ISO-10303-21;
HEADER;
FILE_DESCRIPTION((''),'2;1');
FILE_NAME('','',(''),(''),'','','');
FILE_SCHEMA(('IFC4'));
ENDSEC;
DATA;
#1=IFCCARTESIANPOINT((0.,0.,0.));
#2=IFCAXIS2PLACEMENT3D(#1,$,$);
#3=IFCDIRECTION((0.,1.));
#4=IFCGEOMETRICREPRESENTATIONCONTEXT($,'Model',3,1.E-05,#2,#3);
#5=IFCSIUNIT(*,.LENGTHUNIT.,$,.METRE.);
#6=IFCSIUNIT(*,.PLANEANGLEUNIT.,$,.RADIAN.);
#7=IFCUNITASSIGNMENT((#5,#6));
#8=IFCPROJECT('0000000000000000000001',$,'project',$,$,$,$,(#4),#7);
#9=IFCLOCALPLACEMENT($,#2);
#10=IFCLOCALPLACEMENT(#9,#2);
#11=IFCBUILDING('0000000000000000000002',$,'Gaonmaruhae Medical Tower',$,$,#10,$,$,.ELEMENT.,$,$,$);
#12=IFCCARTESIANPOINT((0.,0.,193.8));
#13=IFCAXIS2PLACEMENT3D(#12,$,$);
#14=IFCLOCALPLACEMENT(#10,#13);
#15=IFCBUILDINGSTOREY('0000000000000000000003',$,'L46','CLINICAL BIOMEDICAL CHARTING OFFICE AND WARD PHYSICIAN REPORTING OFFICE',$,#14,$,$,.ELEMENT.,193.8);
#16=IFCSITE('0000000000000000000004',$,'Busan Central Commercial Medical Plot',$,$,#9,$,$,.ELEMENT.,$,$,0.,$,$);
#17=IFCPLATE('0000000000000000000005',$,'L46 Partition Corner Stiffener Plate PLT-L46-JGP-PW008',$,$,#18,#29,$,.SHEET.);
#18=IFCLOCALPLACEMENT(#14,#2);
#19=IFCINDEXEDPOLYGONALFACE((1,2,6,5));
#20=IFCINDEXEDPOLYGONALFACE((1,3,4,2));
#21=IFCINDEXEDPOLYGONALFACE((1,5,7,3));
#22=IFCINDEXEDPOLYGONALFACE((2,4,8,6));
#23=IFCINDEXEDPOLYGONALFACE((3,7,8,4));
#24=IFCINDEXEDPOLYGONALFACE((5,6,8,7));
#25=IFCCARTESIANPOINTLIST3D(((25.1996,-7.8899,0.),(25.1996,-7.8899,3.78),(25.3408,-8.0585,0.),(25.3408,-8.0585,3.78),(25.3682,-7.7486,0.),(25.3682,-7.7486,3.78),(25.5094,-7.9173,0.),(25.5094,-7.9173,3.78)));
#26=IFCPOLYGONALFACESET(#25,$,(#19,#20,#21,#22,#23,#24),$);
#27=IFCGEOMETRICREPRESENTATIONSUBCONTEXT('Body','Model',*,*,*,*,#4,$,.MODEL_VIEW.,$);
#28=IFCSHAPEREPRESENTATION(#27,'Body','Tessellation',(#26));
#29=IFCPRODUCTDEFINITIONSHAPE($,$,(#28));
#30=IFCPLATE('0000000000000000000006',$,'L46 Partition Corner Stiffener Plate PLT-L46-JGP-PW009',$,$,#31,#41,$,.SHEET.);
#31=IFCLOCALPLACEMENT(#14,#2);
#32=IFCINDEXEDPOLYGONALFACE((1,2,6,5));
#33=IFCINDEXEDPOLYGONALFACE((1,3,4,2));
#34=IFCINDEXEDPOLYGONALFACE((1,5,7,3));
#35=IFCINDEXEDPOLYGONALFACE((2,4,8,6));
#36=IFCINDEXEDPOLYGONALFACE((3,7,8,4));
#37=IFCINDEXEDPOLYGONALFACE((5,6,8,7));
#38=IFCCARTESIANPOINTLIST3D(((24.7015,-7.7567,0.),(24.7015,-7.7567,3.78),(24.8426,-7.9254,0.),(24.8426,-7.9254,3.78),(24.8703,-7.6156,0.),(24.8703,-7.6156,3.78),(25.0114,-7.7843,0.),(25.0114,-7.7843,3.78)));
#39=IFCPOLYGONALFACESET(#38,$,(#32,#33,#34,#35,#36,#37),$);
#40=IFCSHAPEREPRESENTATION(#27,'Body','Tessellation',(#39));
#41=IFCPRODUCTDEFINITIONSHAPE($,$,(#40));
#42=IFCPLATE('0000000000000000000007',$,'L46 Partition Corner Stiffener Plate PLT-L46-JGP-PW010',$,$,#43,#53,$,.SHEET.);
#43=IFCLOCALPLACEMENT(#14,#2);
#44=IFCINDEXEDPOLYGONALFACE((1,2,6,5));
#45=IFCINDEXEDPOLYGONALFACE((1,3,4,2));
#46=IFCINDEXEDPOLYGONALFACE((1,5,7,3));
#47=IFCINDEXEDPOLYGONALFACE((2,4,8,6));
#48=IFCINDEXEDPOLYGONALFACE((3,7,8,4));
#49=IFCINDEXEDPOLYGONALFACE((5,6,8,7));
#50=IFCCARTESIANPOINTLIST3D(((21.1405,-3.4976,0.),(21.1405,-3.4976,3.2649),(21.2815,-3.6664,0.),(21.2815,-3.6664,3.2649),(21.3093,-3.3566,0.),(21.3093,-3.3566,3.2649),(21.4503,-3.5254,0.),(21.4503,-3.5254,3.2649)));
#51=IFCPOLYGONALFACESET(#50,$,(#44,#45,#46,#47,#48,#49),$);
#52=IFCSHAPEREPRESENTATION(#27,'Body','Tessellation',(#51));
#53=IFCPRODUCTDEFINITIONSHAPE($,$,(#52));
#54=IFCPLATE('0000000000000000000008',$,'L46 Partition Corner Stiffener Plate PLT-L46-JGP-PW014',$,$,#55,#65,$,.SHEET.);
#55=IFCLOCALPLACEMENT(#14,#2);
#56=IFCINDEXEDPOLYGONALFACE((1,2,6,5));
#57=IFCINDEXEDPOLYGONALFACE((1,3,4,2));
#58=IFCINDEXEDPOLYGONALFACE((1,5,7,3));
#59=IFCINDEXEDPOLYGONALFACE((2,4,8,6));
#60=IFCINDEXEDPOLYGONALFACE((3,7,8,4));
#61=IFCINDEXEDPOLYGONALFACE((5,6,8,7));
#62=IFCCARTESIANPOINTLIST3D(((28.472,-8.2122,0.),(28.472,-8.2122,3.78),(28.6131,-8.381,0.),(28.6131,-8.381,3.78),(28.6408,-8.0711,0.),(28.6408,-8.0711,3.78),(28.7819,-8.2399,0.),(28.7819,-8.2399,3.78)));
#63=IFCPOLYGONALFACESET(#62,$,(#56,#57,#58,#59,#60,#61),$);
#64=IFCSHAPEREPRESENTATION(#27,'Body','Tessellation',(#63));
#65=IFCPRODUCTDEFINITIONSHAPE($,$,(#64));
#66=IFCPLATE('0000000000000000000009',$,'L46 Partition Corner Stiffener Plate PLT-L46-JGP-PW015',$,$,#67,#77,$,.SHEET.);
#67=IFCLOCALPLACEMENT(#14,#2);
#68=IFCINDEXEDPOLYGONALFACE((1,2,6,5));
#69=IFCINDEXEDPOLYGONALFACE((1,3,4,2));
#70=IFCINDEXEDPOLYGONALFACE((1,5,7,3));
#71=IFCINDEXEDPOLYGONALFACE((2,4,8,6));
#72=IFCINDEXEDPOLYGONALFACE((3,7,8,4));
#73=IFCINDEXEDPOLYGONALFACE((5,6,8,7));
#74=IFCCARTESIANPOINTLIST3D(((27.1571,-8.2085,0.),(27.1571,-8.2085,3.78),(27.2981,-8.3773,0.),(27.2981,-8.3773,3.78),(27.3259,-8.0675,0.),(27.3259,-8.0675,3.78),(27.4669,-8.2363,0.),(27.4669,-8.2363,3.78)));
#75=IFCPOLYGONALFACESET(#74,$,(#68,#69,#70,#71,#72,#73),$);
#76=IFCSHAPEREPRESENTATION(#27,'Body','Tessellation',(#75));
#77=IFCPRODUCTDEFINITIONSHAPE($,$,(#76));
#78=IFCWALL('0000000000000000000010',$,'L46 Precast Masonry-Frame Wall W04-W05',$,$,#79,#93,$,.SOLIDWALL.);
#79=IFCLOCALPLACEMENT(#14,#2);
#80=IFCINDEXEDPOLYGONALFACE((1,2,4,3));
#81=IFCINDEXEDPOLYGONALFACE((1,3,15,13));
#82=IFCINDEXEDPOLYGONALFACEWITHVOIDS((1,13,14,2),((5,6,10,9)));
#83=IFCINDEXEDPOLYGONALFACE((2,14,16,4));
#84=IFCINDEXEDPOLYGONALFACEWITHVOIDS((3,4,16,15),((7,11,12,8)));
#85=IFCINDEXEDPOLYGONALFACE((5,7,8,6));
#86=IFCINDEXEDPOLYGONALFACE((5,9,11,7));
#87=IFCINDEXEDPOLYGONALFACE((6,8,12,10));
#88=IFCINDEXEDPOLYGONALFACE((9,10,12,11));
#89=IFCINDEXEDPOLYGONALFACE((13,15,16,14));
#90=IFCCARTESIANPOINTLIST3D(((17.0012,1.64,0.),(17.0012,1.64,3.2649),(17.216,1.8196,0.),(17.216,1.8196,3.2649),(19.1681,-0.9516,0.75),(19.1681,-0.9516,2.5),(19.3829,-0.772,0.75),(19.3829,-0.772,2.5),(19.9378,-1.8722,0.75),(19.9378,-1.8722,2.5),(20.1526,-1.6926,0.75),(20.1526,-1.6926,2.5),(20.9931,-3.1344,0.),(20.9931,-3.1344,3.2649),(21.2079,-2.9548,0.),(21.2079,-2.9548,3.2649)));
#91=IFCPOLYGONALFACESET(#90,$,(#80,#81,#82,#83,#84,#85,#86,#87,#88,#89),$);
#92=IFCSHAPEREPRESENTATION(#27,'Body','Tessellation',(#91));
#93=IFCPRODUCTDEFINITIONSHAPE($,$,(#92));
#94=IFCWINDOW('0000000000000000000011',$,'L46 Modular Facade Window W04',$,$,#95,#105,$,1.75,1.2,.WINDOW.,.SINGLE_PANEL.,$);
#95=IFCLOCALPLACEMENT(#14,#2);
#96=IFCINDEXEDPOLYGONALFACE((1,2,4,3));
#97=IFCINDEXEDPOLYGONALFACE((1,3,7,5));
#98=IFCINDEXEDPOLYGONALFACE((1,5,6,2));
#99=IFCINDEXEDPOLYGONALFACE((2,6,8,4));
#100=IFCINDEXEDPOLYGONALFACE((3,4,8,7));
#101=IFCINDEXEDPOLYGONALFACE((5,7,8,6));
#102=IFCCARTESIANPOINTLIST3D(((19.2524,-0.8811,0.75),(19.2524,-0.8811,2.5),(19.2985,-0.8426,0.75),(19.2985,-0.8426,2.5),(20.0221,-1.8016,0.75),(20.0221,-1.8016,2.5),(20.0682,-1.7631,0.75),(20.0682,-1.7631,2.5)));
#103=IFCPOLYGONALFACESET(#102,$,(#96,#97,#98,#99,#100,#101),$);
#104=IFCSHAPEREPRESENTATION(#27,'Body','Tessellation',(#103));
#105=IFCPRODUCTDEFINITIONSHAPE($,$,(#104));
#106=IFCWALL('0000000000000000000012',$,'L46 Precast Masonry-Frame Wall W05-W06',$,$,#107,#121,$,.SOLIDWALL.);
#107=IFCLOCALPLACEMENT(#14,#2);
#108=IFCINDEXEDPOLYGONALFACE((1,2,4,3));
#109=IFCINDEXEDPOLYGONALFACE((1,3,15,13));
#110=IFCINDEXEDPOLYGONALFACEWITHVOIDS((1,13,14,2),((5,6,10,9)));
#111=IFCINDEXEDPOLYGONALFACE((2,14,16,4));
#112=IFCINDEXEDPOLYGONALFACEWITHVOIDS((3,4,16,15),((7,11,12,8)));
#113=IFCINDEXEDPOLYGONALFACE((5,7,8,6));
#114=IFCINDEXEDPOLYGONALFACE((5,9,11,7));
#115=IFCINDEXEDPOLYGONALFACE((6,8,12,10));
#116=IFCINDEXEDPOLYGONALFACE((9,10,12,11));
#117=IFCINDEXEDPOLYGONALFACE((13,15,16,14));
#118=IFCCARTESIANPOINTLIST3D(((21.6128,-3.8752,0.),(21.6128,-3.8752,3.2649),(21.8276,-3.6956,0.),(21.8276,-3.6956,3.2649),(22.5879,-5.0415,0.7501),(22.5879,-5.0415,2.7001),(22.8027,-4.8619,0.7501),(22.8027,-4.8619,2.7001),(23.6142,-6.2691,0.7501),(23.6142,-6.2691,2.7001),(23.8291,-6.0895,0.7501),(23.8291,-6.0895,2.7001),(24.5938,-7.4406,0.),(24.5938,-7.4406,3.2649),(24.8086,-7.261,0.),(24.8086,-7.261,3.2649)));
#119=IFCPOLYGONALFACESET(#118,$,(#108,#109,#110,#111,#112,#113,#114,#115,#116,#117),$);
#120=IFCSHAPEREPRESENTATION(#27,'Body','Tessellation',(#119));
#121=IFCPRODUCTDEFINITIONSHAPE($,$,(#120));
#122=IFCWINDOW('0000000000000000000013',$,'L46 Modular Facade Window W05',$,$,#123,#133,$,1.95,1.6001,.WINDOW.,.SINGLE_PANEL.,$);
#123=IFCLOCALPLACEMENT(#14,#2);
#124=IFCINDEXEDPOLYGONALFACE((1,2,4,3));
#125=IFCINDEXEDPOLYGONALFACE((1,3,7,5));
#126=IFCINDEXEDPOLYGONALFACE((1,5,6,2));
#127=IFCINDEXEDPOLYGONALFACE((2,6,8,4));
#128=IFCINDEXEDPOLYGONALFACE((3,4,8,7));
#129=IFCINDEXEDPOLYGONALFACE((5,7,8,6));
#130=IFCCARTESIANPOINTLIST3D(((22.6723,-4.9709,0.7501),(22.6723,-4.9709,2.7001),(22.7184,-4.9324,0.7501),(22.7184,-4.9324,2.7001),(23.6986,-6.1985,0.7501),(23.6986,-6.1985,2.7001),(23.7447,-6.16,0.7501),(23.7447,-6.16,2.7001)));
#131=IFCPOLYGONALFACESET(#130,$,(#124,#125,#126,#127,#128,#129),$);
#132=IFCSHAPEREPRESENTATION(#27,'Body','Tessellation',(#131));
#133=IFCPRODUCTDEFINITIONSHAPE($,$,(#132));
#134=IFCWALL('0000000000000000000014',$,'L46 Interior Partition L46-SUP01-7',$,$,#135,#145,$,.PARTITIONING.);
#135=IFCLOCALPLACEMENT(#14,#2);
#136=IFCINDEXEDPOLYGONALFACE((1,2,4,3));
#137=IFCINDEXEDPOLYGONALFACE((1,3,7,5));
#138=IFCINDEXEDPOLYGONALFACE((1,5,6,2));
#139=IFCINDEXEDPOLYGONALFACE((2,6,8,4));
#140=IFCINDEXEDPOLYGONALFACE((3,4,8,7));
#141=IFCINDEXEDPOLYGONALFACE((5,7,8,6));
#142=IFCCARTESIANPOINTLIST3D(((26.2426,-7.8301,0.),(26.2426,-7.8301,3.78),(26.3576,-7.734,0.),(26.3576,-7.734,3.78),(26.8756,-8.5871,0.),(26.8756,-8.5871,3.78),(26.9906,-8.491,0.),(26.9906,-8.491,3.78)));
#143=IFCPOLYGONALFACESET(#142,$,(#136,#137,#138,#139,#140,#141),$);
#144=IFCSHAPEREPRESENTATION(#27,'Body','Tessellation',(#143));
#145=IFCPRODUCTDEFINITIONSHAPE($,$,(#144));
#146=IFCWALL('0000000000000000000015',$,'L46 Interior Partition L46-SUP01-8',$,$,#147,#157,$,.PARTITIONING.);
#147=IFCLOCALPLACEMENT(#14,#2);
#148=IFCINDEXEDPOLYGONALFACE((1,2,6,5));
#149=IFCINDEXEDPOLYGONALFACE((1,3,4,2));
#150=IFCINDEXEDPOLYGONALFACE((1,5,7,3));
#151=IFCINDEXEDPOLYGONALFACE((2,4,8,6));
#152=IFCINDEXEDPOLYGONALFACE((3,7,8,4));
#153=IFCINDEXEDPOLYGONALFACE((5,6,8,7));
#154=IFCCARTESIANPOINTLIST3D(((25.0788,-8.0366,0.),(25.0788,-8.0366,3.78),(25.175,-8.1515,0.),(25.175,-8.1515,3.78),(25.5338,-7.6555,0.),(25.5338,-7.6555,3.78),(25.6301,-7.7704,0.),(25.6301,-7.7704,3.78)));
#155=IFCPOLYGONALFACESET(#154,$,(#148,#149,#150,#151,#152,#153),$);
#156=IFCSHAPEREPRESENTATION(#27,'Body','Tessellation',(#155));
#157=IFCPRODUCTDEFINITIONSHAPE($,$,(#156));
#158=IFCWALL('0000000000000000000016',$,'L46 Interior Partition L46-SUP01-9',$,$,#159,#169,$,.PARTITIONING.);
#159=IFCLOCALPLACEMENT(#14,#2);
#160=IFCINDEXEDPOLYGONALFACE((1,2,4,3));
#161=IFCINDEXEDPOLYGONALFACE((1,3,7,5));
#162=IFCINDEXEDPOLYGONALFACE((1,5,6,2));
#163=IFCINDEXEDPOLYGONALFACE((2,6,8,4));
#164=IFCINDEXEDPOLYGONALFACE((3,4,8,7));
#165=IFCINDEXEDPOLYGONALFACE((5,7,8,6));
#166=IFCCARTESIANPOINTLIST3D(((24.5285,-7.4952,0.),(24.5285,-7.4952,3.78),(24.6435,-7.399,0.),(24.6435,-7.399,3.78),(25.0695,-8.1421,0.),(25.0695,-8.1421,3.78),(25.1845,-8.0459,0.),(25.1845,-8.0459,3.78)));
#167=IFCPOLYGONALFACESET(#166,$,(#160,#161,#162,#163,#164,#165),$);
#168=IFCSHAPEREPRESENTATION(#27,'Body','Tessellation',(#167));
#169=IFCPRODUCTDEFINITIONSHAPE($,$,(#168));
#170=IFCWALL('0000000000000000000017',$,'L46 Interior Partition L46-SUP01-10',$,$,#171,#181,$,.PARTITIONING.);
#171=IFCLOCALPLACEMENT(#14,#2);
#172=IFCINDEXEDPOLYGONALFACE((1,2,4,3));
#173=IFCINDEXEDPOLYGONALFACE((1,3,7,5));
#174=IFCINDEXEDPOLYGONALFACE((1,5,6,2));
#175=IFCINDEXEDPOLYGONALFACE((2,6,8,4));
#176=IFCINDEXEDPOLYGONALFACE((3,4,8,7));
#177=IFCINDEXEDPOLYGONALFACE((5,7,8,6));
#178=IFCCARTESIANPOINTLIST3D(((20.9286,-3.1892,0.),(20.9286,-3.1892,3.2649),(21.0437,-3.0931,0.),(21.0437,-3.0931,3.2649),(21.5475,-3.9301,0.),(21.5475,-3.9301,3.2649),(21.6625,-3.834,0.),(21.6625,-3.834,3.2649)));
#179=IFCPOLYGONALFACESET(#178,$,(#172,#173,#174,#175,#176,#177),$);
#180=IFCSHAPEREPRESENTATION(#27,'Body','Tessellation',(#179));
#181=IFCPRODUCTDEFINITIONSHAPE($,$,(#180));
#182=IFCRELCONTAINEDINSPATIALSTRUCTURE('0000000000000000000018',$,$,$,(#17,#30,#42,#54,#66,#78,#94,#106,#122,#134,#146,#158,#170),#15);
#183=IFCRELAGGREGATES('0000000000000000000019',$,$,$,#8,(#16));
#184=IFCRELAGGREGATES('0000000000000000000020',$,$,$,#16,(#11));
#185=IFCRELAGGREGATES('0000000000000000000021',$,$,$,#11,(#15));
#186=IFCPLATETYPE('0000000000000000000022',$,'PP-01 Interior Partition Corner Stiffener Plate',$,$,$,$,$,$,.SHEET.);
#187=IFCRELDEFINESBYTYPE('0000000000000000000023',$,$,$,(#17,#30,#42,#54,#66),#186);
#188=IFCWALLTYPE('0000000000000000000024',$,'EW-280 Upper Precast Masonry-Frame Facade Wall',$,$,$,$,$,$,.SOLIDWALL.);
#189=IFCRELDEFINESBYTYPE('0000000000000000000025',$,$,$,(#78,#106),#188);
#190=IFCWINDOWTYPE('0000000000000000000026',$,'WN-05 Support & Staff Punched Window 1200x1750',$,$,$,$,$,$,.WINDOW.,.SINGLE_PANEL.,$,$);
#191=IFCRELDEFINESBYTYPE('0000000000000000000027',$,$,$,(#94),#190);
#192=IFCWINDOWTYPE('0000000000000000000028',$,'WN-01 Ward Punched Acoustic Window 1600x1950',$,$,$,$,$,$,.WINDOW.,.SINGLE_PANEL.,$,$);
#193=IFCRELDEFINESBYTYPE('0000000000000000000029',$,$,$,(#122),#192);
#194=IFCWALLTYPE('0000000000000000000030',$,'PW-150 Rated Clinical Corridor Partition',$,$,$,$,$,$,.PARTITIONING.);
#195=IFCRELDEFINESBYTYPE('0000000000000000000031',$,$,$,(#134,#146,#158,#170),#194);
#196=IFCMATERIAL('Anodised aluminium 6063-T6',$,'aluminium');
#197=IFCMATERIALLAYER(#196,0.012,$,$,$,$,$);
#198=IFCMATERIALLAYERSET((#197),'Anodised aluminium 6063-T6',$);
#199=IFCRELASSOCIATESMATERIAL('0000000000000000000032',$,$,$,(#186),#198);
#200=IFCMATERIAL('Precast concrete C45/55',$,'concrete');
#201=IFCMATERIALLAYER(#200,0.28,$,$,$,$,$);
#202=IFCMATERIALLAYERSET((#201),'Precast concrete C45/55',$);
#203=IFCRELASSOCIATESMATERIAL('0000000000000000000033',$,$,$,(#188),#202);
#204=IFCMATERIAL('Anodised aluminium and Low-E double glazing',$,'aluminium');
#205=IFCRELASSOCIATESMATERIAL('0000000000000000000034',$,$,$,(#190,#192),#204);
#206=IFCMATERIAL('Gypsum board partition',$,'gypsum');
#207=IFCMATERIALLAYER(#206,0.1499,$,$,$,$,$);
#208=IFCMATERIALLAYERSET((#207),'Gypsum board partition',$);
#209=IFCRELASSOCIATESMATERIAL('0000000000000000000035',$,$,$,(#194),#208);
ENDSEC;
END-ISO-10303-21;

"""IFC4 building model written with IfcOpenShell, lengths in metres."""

from ifc_helpers import new_model, si_unit, direction, frame, frame_2d, origin, origin_2d, place, context, subcontext, project, spatial, rectangle, extrude, material, layer, layer_set, type_object, element, fill, save


model = new_model("IFC4")

# Units and contexts
model_context = context("Model", 3, precision=1e-05, world=origin(), true_north=direction((0.0, 1.0)))
body_context = subcontext(model_context, "Body", "Model", "MODEL_VIEW")
ifc_project = project(units=[si_unit("LENGTHUNIT", "METRE"), si_unit("PLANEANGLEUNIT", "RADIAN")], contexts=[model_context])

# Site, building, storey
site_placement = place(None, origin())
site = spatial("IfcSite", under=ifc_project, at=site_placement, Name="Busan Central Commercial Medical Plot", CompositionType="ELEMENT", RefElevation=0.0)
building_placement = place(site_placement, origin())
building = spatial("IfcBuilding", under=site, at=building_placement, Name="Gaonmaruhae Medical Tower", CompositionType="ELEMENT")
storey_placement = place(building_placement, frame((0.0, 0.0, 193.8)))
storey = spatial("IfcBuildingStorey", under=building, at=storey_placement, Name="L46", Description="CLINICAL BIOMEDICAL CHARTING OFFICE AND WARD PHYSICIAN REPORTING OFFICE", CompositionType="ELEMENT", Elevation=193.8)

# Plates
ifc_material_1 = material(Name="Anodised aluminium 6063-T6", Category="aluminium")
ifc_layer_1 = layer(ifc_material_1, 0.012)
ifc_layer_set_1 = layer_set([ifc_layer_1], Name="Anodised aluminium 6063-T6")
plate_type = type_object("IfcPlateType", Name="PP-01 Interior Partition Corner Stiffener Plate", PredefinedType="SHEET", material=ifc_layer_set_1)
for number, where, z_axis, x_axis, name in (
    (1, (25.3545, -7.9036, 0.0), (0.0, 0.0, 1.0), (-0.766695, -0.642012, 0.0), "L46 Partition Corner Stiffener Plate PLT-L46-JGP-PW008"),
    (2, (24.8564, -7.7705, 0.0), (0.0, 0.0, 1.0), (-0.641463, 0.767154, 0.0), "L46 Partition Corner Stiffener Plate PLT-L46-JGP-PW009"),
):
    element("IfcPlate", number, at=place(storey_placement, frame(where, z_axis=z_axis, x_axis=x_axis)), inside=storey, type_object=plate_type, Name=name, PredefinedType="SHEET", context=body_context, shape_type="SweptSolid", body=[
        extrude(rectangle(XDim=0.22, YDim=0.22, at=origin_2d()), origin(), (0.0, 0.0, 1.0), 3.78),
    ])
plate_placement = place(storey_placement, frame((21.2954, -3.5115, 0.0), z_axis=(0.0, 0.0, 1.0), x_axis=(-0.641101, 0.767456, 0.0)))
element("IfcPlate", 3, at=plate_placement, inside=storey, type_object=plate_type, Name="L46 Partition Corner Stiffener Plate PLT-L46-JGP-PW010", PredefinedType="SHEET", context=body_context, shape_type="SweptSolid", body=[
    extrude(rectangle(XDim=0.22, YDim=0.22, at=origin_2d()), origin(), (0.0, 0.0, 1.0), 3.2649),
])
for number, where, z_axis, x_axis, name in (
    (4, (28.627, -8.2261, 0.0), (0.0, 0.0, 1.0), (-0.641369, 0.767232, 0.0), "L46 Partition Corner Stiffener Plate PLT-L46-JGP-PW014"),
    (5, (27.312, -8.2224, 0.0), (0.0, 0.0, 1.0), (-0.767557, -0.640981, 0.0), "L46 Partition Corner Stiffener Plate PLT-L46-JGP-PW015"),
):
    element("IfcPlate", number, at=place(storey_placement, frame(where, z_axis=z_axis, x_axis=x_axis)), inside=storey, type_object=plate_type, Name=name, PredefinedType="SHEET", context=body_context, shape_type="SweptSolid", body=[
        extrude(rectangle(XDim=0.22, YDim=0.22, at=origin_2d()), origin(), (0.0, 0.0, 1.0), 3.78),
    ])

# Walls, openings, windows
ifc_material_2 = material(Name="Precast concrete C45/55", Category="concrete")
ifc_layer_2 = layer(ifc_material_2, 0.28)
ifc_layer_set_2 = layer_set([ifc_layer_2], Name="Precast concrete C45/55")
wall_type_1 = type_object("IfcWallType", Name="EW-280 Upper Precast Masonry-Frame Facade Wall", PredefinedType="SOLIDWALL", material=ifc_layer_set_2)
wall_1_placement = place(storey_placement, frame((21.1006, -3.0447, 0.0), z_axis=(0.0, 0.0, 1.0), x_axis=(-0.641441, 0.767172, 0.0)))
wall_1 = element("IfcWall", 6, at=wall_1_placement, inside=storey, type_object=wall_type_1, Name="L46 Precast Masonry-Frame Wall W04-W05", PredefinedType="SOLIDWALL", context=body_context, shape_type="SweptSolid", body=[
    extrude(rectangle(XDim=6.2234, YDim=0.28, at=frame_2d((3.1118, 0.0))), origin(), (0.0, 0.0, 1.0), 3.2649),
])
opening_1_placement = place(wall_1_placement, frame((1.6453, 0.0, 0.75)))
opening_1 = element("IfcOpeningElement", 7, at=opening_1_placement, cuts=wall_1, PredefinedType="OPENING", context=body_context, shape_type="SweptSolid", body=[
    extrude(rectangle(XDim=1.2, YDim=1.75, at=frame_2d((0.6001, 0.875))), frame((0.0, 0.1499, 0.0), z_axis=(0.0, -1.0, 0.0), x_axis=(1.0, 0.0, 0.0)), (0.0, 0.0, 1.0), 0.3),
])
ifc_material_3 = material(Name="Anodised aluminium and Low-E double glazing", Category="aluminium")
window_type_1 = type_object("IfcWindowType", Name="WN-05 Support & Staff Punched Window 1200x1750", PartitioningType="SINGLE_PANEL", PredefinedType="WINDOW", material=ifc_material_3)
window_1_placement = place(opening_1_placement, origin())
window_1 = element("IfcWindow", 8, at=window_1_placement, inside=storey, type_object=window_type_1, Name="L46 Modular Facade Window W04", OverallHeight=1.75, OverallWidth=1.2, PartitioningType="SINGLE_PANEL", PredefinedType="WINDOW", context=body_context, shape_type="SweptSolid", body=[
    extrude(rectangle(XDim=1.2, YDim=1.75, at=frame_2d((0.6001, 0.875))), frame((0.0, 0.03, 0.0), z_axis=(0.0, -1.0, 0.0), x_axis=(1.0, 0.0, 0.0)), (0.0, 0.0, 1.0), 0.0601),
])
fill(opening_1, window_1)
wall_2_placement = place(storey_placement, frame((24.7012, -7.3508, 0.0), z_axis=(0.0, 0.0, 1.0), x_axis=(-0.641424, 0.767187, 0.0)))
wall_2 = element("IfcWall", 9, at=wall_2_placement, inside=storey, type_object=wall_type_1, Name="L46 Precast Masonry-Frame Wall W05-W06", PredefinedType="SOLIDWALL", context=body_context, shape_type="SweptSolid", body=[
    extrude(rectangle(XDim=4.6475, YDim=0.28, at=frame_2d((2.3237, 0.0))), origin(), (0.0, 0.0, 1.0), 3.2649),
])
opening_2_placement = place(wall_2_placement, frame((1.5271, 0.0, 0.75)))
opening_2 = element("IfcOpeningElement", 10, at=opening_2_placement, cuts=wall_2, PredefinedType="OPENING", context=body_context, shape_type="SweptSolid", body=[
    extrude(rectangle(XDim=1.6001, YDim=1.95, at=frame_2d((0.8, 0.9751))), frame((0.0, 0.1499, 0.0), z_axis=(0.0, -1.0, 0.0), x_axis=(1.0, 0.0, 0.0)), (0.0, 0.0, 1.0), 0.3),
])
window_type_2 = type_object("IfcWindowType", Name="WN-01 Ward Punched Acoustic Window 1600x1950", PartitioningType="SINGLE_PANEL", PredefinedType="WINDOW", material=ifc_material_3)
window_2_placement = place(opening_2_placement, origin())
window_2 = element("IfcWindow", 11, at=window_2_placement, inside=storey, type_object=window_type_2, Name="L46 Modular Facade Window W05", OverallHeight=1.95, OverallWidth=1.6001, PartitioningType="SINGLE_PANEL", PredefinedType="WINDOW", context=body_context, shape_type="SweptSolid", body=[
    extrude(rectangle(XDim=1.6001, YDim=1.95, at=frame_2d((0.8, 0.9751))), frame((0.0, 0.03, 0.0), z_axis=(0.0, -1.0, 0.0), x_axis=(1.0, 0.0, 0.0)), (0.0, 0.0, 1.0), 0.0601),
])
fill(opening_2, window_2)

# Walls
ifc_material_4 = material(Name="Gypsum board partition", Category="gypsum")
ifc_layer_3 = layer(ifc_material_4, 0.1499)
ifc_layer_set_3 = layer_set([ifc_layer_3], Name="Gypsum board partition")
wall_type_2 = type_object("IfcWallType", Name="PW-150 Rated Clinical Corridor Partition", PredefinedType="PARTITIONING", material=ifc_layer_set_3)
wall_3_placement = place(storey_placement, frame((26.9331, -8.5391, 0.0), z_axis=(0.0, 0.0, 1.0), x_axis=(-0.641473, 0.767145, 0.0)))
element("IfcWall", 12, at=wall_3_placement, inside=storey, type_object=wall_type_2, Name="L46 Interior Partition L46-SUP01-7", PredefinedType="PARTITIONING", context=body_context, shape_type="SweptSolid", body=[
    extrude(rectangle(XDim=0.9868, YDim=0.1499, at=frame_2d((0.4934, 0.0))), origin(), (0.0, 0.0, 1.0), 3.78),
])
wall_4_placement = place(storey_placement, frame((25.582, -7.7129, 0.0), z_axis=(0.0, 0.0, 1.0), x_axis=(-0.766668, -0.642043, 0.0)))
element("IfcWall", 13, at=wall_4_placement, inside=storey, type_object=wall_type_2, Name="L46 Interior Partition L46-SUP01-8", PredefinedType="PARTITIONING", context=body_context, shape_type="SweptSolid", body=[
    extrude(rectangle(XDim=0.5935, YDim=0.1499, at=frame_2d((0.2969, 0.0))), origin(), (0.0, 0.0, 1.0), 3.78),
])
wall_5_placement = place(storey_placement, frame((25.127, -8.094, 0.0), z_axis=(0.0, 0.0, 1.0), x_axis=(-0.641493, 0.767129, 0.0)))
element("IfcWall", 14, at=wall_5_placement, inside=storey, type_object=wall_type_2, Name="L46 Interior Partition L46-SUP01-9", PredefinedType="PARTITIONING", context=body_context, shape_type="SweptSolid", body=[
    extrude(rectangle(XDim=0.8433, YDim=0.1499, at=frame_2d((0.4216, 0.0))), origin(), (0.0, 0.0, 1.0), 3.78),
])
wall_6_placement = place(storey_placement, frame((21.605, -3.8821, 0.0), z_axis=(0.0, 0.0, 1.0), x_axis=(-0.641055, 0.767495, 0.0)))
element("IfcWall", 15, at=wall_6_placement, inside=storey, type_object=wall_type_2, Name="L46 Interior Partition L46-SUP01-10", PredefinedType="PARTITIONING", context=body_context, shape_type="SweptSolid", body=[
    extrude(rectangle(XDim=0.9653, YDim=0.1499, at=frame_2d((0.4827, 0.0))), origin(), (0.0, 0.0, 1.0), 3.2649),
])

save(model, "model.ifc")
